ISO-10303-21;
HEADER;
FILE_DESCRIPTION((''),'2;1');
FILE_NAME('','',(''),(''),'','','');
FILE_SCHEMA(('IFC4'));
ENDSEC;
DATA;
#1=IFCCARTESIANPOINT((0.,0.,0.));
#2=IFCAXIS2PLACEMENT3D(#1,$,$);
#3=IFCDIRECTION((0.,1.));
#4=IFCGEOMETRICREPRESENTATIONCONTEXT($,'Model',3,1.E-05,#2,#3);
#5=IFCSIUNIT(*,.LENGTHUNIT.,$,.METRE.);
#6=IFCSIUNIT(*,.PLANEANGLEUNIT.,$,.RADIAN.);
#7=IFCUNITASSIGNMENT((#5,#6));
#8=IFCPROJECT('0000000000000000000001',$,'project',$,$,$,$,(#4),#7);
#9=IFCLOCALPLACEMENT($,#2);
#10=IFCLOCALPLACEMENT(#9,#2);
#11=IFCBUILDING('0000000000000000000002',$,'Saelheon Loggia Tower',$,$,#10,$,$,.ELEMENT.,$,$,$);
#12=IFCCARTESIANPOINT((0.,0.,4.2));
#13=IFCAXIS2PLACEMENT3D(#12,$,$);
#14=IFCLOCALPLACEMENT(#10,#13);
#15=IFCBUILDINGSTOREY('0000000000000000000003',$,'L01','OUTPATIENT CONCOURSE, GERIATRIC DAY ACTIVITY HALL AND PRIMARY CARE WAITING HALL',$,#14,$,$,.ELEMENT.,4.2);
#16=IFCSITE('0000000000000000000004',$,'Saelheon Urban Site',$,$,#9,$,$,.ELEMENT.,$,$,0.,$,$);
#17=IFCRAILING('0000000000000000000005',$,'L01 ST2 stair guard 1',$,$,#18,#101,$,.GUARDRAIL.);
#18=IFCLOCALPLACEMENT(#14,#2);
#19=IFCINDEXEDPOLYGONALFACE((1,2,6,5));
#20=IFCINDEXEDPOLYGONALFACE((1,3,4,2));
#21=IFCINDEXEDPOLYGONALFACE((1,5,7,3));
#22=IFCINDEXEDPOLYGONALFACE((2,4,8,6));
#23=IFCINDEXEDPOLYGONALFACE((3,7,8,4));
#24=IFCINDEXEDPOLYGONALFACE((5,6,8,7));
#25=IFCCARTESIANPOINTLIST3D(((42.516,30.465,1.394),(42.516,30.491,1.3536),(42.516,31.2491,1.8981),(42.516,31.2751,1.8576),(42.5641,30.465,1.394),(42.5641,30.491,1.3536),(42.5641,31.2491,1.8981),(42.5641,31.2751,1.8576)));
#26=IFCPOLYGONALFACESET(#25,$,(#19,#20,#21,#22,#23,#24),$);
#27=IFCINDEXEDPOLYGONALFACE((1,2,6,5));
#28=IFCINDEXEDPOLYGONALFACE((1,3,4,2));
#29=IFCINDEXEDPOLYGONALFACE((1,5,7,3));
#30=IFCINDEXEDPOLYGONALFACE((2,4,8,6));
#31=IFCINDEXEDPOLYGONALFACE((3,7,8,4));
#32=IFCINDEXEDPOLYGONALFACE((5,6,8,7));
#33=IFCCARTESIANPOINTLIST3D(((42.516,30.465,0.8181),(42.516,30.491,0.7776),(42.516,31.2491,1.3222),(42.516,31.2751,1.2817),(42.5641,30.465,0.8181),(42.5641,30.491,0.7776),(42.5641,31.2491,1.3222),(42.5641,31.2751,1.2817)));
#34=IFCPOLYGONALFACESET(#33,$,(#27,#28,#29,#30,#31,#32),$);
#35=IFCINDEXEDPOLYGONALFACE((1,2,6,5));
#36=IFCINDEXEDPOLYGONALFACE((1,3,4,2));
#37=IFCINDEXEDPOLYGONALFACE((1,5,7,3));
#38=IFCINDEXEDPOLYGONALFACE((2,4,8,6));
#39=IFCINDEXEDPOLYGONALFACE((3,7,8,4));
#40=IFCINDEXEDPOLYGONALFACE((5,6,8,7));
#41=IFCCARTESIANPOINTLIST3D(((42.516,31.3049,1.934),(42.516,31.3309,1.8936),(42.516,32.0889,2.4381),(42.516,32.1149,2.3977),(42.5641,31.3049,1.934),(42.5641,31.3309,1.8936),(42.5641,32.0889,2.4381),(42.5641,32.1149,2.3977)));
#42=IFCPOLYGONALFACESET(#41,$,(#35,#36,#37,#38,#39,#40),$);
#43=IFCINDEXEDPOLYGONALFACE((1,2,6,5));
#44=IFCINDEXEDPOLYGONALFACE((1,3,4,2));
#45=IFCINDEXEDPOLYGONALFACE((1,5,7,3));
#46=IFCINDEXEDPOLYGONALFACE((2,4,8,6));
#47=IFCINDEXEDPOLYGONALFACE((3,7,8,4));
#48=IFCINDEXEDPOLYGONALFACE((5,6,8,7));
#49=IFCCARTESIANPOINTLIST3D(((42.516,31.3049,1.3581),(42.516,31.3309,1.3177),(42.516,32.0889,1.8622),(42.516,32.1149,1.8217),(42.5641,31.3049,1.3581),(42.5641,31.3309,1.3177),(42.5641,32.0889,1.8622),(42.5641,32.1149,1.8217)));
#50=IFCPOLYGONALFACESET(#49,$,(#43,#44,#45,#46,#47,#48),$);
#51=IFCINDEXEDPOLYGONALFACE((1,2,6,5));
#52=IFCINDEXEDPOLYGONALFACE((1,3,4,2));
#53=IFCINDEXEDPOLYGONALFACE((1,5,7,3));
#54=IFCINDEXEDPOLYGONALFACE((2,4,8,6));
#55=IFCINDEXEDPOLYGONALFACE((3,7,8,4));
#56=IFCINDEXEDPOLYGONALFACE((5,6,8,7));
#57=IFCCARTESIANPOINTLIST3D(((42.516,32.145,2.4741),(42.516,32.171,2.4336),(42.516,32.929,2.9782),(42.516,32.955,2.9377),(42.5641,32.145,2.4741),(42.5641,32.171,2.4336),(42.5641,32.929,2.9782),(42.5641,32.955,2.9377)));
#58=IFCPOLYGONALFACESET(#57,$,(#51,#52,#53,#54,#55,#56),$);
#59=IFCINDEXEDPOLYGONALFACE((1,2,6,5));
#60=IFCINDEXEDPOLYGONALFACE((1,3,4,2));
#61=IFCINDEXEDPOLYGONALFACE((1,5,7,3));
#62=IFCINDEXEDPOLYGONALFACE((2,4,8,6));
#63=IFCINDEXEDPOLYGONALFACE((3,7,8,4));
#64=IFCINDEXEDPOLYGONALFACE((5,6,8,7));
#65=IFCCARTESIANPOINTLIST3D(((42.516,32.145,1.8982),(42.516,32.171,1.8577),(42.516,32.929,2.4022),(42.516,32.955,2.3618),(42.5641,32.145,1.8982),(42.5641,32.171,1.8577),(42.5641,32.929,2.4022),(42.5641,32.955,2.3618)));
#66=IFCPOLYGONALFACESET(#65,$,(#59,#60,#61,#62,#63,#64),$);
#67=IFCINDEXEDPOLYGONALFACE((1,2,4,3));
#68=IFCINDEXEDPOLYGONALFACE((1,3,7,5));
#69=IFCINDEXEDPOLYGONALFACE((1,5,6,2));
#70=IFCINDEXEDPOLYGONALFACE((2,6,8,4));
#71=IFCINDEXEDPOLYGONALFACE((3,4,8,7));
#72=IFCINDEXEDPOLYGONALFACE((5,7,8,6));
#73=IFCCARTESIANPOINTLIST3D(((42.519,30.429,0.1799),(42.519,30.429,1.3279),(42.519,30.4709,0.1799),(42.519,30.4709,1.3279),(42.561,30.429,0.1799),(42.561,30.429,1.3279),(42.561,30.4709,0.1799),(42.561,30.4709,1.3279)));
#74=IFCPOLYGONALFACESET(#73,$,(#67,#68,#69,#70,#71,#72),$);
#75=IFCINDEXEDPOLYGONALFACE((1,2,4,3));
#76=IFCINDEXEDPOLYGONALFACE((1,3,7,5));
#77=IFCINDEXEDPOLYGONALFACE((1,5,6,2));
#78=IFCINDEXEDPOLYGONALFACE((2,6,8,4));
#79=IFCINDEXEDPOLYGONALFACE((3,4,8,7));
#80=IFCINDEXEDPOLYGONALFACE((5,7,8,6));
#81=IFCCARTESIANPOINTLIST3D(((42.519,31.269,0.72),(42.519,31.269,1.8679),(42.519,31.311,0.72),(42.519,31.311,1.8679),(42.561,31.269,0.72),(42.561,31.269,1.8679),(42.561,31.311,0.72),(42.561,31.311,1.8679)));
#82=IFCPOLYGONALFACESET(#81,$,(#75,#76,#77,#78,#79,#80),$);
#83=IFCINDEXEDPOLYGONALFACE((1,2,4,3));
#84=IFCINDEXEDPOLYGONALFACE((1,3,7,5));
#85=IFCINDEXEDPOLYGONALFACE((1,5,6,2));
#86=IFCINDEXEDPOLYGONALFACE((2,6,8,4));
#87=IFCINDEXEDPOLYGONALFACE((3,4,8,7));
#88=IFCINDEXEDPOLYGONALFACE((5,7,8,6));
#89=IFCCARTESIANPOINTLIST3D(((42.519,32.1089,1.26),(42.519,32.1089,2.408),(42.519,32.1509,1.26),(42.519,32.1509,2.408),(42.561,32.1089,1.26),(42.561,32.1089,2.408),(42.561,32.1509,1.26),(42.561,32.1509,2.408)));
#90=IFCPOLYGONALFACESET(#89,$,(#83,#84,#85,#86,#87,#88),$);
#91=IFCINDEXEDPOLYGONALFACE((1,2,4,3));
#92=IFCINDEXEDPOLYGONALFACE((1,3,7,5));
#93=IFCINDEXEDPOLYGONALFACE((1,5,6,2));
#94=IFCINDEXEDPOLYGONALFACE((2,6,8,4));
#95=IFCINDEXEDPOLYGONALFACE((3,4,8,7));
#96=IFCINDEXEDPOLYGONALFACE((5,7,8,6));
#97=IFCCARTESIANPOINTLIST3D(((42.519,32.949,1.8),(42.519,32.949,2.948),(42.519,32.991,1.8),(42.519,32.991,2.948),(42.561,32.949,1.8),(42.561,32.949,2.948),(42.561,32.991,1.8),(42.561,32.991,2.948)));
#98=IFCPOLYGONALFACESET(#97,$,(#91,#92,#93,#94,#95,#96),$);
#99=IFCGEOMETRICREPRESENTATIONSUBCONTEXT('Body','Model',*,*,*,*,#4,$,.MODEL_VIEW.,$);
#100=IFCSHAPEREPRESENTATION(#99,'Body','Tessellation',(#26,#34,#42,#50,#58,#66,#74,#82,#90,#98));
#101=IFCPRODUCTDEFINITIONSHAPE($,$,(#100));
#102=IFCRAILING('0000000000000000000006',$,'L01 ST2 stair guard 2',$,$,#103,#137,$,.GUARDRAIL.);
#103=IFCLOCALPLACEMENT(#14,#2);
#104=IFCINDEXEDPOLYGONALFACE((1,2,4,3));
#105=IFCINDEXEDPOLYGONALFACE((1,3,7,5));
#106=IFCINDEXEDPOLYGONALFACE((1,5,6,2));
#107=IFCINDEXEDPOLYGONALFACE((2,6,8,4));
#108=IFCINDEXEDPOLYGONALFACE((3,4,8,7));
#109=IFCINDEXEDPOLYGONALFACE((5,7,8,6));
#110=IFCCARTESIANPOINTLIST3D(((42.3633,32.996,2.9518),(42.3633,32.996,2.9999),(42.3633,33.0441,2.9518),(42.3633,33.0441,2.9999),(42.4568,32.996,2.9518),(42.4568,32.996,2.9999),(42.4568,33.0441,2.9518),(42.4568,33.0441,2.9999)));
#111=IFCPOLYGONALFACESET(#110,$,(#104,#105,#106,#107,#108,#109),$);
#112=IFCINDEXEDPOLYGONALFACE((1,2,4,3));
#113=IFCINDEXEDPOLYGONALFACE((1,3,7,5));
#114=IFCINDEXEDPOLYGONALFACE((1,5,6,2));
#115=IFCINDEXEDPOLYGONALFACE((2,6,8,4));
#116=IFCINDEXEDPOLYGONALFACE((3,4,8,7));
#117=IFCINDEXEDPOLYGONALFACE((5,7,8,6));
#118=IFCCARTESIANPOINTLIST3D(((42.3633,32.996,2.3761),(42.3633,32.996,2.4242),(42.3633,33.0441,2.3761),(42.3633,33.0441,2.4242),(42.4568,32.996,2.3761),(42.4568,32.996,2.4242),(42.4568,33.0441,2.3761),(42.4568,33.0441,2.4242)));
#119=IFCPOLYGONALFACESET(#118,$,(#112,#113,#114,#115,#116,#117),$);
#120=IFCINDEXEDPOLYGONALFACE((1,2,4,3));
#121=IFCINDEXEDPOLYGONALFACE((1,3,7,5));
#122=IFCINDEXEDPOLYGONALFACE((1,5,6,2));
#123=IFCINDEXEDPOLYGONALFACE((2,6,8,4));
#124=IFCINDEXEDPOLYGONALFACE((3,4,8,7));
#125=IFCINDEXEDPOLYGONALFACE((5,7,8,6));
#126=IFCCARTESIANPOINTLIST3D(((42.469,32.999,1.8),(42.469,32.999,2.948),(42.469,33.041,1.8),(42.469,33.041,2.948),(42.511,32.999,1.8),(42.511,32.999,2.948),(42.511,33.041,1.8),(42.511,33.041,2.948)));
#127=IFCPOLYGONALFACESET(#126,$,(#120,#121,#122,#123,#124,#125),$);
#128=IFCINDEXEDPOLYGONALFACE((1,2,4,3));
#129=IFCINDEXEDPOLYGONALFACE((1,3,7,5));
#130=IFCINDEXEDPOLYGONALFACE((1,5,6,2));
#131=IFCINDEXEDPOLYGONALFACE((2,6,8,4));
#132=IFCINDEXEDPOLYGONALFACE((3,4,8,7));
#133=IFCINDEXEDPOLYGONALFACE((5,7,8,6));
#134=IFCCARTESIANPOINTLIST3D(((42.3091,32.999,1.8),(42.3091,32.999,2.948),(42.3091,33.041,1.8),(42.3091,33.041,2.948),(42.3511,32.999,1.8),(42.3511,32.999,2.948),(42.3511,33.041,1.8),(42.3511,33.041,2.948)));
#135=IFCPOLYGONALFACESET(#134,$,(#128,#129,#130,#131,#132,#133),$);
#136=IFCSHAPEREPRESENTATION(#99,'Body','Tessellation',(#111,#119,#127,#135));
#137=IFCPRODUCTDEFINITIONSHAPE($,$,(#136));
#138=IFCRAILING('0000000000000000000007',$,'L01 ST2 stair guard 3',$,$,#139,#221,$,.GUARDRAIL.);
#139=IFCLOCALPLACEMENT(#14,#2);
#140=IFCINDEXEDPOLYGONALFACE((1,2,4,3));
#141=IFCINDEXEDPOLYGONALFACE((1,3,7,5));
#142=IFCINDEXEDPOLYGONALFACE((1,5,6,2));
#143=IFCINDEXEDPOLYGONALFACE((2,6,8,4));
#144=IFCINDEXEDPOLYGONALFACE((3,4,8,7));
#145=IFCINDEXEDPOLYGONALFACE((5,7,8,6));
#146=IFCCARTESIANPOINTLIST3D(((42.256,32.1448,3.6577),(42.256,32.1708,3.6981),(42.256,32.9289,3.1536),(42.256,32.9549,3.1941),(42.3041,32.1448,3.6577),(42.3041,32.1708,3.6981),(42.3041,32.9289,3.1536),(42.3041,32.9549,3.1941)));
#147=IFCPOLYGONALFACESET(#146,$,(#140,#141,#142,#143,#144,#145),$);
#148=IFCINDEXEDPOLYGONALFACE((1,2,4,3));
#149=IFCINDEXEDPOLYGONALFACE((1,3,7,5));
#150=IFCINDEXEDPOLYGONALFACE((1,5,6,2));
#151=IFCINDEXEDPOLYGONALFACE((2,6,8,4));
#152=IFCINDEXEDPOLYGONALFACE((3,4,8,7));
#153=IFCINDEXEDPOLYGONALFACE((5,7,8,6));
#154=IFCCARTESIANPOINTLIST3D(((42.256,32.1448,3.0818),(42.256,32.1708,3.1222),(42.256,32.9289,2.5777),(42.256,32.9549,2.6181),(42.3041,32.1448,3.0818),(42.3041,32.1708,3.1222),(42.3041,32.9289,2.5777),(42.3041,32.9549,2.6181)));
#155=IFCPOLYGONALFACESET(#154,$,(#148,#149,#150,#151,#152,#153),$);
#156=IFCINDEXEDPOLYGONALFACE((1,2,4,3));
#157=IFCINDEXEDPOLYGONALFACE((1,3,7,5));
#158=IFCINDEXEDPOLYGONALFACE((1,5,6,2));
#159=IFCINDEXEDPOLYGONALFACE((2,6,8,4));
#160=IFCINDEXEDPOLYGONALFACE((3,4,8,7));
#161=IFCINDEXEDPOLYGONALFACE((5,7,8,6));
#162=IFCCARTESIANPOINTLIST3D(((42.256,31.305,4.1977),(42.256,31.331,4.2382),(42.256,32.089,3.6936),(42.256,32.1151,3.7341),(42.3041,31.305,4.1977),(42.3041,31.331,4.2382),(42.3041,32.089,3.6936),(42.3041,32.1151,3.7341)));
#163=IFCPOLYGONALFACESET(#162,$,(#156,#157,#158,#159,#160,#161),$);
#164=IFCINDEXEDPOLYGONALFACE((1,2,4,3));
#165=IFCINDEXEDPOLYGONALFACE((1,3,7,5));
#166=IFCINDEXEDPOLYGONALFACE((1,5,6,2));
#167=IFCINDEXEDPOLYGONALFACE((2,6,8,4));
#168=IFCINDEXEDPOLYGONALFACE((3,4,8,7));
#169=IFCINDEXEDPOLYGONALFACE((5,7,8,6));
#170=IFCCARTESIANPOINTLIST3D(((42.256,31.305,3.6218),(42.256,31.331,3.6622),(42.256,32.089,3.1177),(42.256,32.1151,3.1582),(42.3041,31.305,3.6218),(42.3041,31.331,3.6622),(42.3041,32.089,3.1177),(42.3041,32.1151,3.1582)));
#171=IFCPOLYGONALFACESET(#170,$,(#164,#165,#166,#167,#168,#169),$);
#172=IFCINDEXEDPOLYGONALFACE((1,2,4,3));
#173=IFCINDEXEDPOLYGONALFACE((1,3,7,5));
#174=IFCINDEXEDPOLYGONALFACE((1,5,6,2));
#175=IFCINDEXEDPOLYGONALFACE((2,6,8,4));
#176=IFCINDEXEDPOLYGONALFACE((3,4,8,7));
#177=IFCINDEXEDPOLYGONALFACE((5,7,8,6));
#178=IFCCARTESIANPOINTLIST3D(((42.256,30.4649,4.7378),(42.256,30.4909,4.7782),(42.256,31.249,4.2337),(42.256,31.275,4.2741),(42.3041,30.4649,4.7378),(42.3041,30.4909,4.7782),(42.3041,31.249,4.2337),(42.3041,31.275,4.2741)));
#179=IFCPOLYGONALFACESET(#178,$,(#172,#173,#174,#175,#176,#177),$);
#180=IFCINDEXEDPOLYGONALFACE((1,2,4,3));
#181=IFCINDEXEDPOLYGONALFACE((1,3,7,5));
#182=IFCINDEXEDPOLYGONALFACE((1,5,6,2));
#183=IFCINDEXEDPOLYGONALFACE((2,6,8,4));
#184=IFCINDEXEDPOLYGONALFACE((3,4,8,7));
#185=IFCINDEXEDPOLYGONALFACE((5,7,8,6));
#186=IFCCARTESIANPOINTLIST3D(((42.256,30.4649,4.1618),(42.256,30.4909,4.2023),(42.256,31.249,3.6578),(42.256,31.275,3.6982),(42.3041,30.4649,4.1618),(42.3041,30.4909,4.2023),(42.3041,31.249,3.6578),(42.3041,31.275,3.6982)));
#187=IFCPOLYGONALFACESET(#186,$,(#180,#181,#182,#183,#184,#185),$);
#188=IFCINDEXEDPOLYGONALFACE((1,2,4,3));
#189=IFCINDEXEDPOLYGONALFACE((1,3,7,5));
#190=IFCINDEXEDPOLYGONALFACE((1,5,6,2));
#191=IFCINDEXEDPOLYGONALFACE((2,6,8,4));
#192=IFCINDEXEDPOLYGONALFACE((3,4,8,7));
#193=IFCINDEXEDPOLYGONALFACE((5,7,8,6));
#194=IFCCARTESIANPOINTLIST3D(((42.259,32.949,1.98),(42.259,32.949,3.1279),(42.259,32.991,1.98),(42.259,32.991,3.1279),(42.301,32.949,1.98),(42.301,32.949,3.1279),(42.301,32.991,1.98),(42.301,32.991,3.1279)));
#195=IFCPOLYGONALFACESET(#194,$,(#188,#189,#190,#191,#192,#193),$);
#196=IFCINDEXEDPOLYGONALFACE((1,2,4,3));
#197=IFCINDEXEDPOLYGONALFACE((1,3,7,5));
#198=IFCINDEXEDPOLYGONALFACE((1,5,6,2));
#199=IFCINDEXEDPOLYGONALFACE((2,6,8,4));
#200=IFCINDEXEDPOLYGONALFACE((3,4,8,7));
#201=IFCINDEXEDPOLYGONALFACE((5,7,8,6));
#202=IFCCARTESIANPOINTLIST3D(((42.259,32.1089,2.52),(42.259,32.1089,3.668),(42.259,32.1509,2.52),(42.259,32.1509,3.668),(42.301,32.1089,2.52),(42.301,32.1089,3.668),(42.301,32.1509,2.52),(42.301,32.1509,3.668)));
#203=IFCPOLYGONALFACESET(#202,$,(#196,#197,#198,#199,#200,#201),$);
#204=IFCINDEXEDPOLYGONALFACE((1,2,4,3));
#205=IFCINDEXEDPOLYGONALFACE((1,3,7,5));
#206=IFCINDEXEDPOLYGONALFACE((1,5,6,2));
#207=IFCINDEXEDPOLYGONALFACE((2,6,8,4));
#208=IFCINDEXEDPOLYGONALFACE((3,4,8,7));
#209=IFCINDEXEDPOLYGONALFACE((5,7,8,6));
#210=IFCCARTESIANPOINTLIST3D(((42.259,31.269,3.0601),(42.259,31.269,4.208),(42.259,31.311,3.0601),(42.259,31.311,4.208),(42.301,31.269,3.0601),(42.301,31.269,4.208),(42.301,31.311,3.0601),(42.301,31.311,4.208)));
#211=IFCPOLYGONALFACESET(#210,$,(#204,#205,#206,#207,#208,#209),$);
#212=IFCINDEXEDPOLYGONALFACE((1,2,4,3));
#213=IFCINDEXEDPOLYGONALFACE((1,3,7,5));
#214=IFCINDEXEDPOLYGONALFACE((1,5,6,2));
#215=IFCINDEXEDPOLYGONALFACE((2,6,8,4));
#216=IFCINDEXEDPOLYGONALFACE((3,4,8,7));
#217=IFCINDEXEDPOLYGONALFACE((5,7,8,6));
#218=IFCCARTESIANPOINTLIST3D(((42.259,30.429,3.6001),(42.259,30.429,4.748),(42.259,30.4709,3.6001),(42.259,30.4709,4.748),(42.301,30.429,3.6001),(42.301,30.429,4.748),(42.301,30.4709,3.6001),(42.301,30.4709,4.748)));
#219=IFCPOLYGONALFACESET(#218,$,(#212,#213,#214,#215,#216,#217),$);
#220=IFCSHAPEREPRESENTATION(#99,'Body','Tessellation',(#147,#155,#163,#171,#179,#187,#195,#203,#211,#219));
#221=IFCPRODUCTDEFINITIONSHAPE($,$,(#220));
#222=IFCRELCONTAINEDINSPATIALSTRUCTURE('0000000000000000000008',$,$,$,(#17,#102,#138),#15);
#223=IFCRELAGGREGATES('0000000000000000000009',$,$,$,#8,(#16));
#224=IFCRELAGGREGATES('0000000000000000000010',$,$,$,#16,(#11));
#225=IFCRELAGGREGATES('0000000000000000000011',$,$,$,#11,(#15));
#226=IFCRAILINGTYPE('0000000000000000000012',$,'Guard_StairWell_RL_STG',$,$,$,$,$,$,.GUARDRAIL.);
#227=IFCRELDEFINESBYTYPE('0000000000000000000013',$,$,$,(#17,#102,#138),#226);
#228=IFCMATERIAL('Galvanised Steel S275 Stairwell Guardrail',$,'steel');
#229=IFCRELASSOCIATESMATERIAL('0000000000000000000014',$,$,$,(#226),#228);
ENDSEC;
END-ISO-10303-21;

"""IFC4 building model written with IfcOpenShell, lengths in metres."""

from ifc_helpers import new_model, si_unit, direction, frame, origin, origin_2d, place, context, subcontext, project, spatial, rectangle, extrude, material, type_object, element, save


model = new_model("IFC4")

# Units and contexts
model_context = context("Model", 3, precision=1e-05, world=origin(), true_north=direction((0.0, 1.0)))
body_context = subcontext(model_context, "Body", "Model", "MODEL_VIEW")
ifc_project = project(units=[si_unit("LENGTHUNIT", "METRE"), si_unit("PLANEANGLEUNIT", "RADIAN")], contexts=[model_context])

# Site, building, storey
site_placement = place(None, origin())
site = spatial("IfcSite", under=ifc_project, at=site_placement, Name="Saelheon Urban Site", CompositionType="ELEMENT", RefElevation=0.0)
building_placement = place(site_placement, origin())
building = spatial("IfcBuilding", under=site, at=building_placement, Name="Saelheon Loggia Tower", CompositionType="ELEMENT")
storey_placement = place(building_placement, frame((0.0, 0.0, 4.2)))
storey = spatial("IfcBuildingStorey", under=building, at=storey_placement, Name="L01", Description="OUTPATIENT CONCOURSE, GERIATRIC DAY ACTIVITY HALL AND PRIMARY CARE WAITING HALL", CompositionType="ELEMENT", Elevation=4.2)

# Railings
ifc_material_1 = material(Name="Galvanised Steel S275 Stairwell Guardrail", Category="steel")
railing_type_1 = type_object("IfcRailingType", Name="Guard_StairWell_RL_STG", PredefinedType="GUARDRAIL", material=ifc_material_1)
railing_1_placement = place(storey_placement, frame((42.54, 30.45, 0.1799)))
element("IfcRailing", 1, at=railing_1_placement, inside=storey, type_object=railing_type_1, Name="L01 ST2 stair guard 1", PredefinedType="GUARDRAIL", context=body_context, shape_type="SweptSolid", body=[
    extrude(rectangle(XDim=0.0481, YDim=0.0481, at=origin_2d()), frame((0.0, 0.0281, 1.1938), z_axis=(0.0, 0.841163, 0.540782), x_axis=(-1.0, 0.0, 0.0)), (0.0, 0.0, 1.0), 0.9321),
    extrude(rectangle(XDim=0.0481, YDim=0.0481, at=origin_2d()), frame((0.0, 0.0281, 0.6179), z_axis=(0.0, 0.841163, 0.540782), x_axis=(-1.0, 0.0, 0.0)), (0.0, 0.0, 1.0), 0.9321),
    extrude(rectangle(XDim=0.0481, YDim=0.0481, at=origin_2d()), frame((0.0, 0.8679, 1.7339), z_axis=(0.0, 0.841163, 0.540782), x_axis=(-1.0, 0.0, 0.0)), (0.0, 0.0, 1.0), 0.9321),
    extrude(rectangle(XDim=0.0481, YDim=0.0481, at=origin_2d()), frame((0.0, 0.8679, 1.158), z_axis=(0.0, 0.841163, 0.540782), x_axis=(-1.0, 0.0, 0.0)), (0.0, 0.0, 1.0), 0.9321),
    extrude(rectangle(XDim=0.0481, YDim=0.0481, at=origin_2d()), frame((0.0, 1.708, 2.2739), z_axis=(0.0, 0.841163, 0.540782), x_axis=(-1.0, 0.0, 0.0)), (0.0, 0.0, 1.0), 0.9321),
    extrude(rectangle(XDim=0.0481, YDim=0.0481, at=origin_2d()), frame((0.0, 1.708, 1.698), z_axis=(0.0, 0.841163, 0.540782), x_axis=(-1.0, 0.0, 0.0)), (0.0, 0.0, 1.0), 0.9321),
    extrude(rectangle(XDim=0.042, YDim=0.042, at=origin_2d()), origin(), (0.0, 0.0, 1.0), 1.1479),
    extrude(rectangle(XDim=0.042, YDim=0.042, at=origin_2d()), frame((0.0, 0.8401, 0.54)), (0.0, 0.0, 1.0), 1.1479),
    extrude(rectangle(XDim=0.042, YDim=0.042, at=origin_2d()), frame((0.0, 1.6799, 1.0801)), (0.0, 0.0, 1.0), 1.1479),
    extrude(rectangle(XDim=0.042, YDim=0.042, at=origin_2d()), frame((0.0, 2.52, 1.6201)), (0.0, 0.0, 1.0), 1.1479),
])
railing_2_placement = place(storey_placement, frame((42.49, 33.02, 1.8)))
element("IfcRailing", 2, at=railing_2_placement, inside=storey, type_object=railing_type_1, Name="L01 ST2 stair guard 2", PredefinedType="GUARDRAIL", context=body_context, shape_type="SweptSolid", body=[
    extrude(rectangle(XDim=0.0481, YDim=0.0481, at=origin_2d()), frame((-0.0332, 0.0, 1.1758), z_axis=(-1.0, 0.0, 0.0), x_axis=(0.0, -1.0, 0.0)), (0.0, 0.0, 1.0), 0.0935),
    extrude(rectangle(XDim=0.0481, YDim=0.0481, at=origin_2d()), frame((-0.0332, 0.0, 0.6001), z_axis=(-1.0, 0.0, 0.0), x_axis=(0.0, -1.0, 0.0)), (0.0, 0.0, 1.0), 0.0935),
    extrude(rectangle(XDim=0.042, YDim=0.042, at=origin_2d()), origin(), (0.0, 0.0, 1.0), 1.1479),
    extrude(rectangle(XDim=0.042, YDim=0.042, at=origin_2d()), frame((-0.1599, 0.0, 0.0)), (0.0, 0.0, 1.0), 1.1479),
])
railing_3_placement = place(storey_placement, frame((42.28, 32.97, 1.98)))
element("IfcRailing", 3, at=railing_3_placement, inside=storey, type_object=railing_type_1, Name="L01 ST2 stair guard 3", PredefinedType="GUARDRAIL", context=body_context, shape_type="SweptSolid", body=[
    extrude(rectangle(XDim=0.0481, YDim=0.0481, at=origin_2d()), frame((0.0, -0.0281, 1.1938), z_axis=(0.0, -0.841163, 0.540782), x_axis=(1.0, 0.0, 0.0)), (0.0, 0.0, 1.0), 0.9321),
    extrude(rectangle(XDim=0.0481, YDim=0.0481, at=origin_2d()), frame((0.0, -0.0281, 0.6179), z_axis=(0.0, -0.841163, 0.540782), x_axis=(1.0, 0.0, 0.0)), (0.0, 0.0, 1.0), 0.9321),
    extrude(rectangle(XDim=0.0481, YDim=0.0481, at=origin_2d()), frame((0.0, -0.8679, 1.7339), z_axis=(0.0, -0.841163, 0.540782), x_axis=(1.0, 0.0, 0.0)), (0.0, 0.0, 1.0), 0.9321),
    extrude(rectangle(XDim=0.0481, YDim=0.0481, at=origin_2d()), frame((0.0, -0.8679, 1.158), z_axis=(0.0, -0.841163, 0.540782), x_axis=(1.0, 0.0, 0.0)), (0.0, 0.0, 1.0), 0.9321),
    extrude(rectangle(XDim=0.0481, YDim=0.0481, at=origin_2d()), frame((0.0, -1.708, 2.2739), z_axis=(0.0, -0.841163, 0.540782), x_axis=(1.0, 0.0, 0.0)), (0.0, 0.0, 1.0), 0.9321),
    extrude(rectangle(XDim=0.0481, YDim=0.0481, at=origin_2d()), frame((0.0, -1.708, 1.698), z_axis=(0.0, -0.841163, 0.540782), x_axis=(1.0, 0.0, 0.0)), (0.0, 0.0, 1.0), 0.9321),
    extrude(rectangle(XDim=0.042, YDim=0.042, at=origin_2d()), origin(), (0.0, 0.0, 1.0), 1.1479),
    extrude(rectangle(XDim=0.042, YDim=0.042, at=origin_2d()), frame((0.0, -0.8401, 0.54)), (0.0, 0.0, 1.0), 1.1479),
    extrude(rectangle(XDim=0.042, YDim=0.042, at=origin_2d()), frame((0.0, -1.6799, 1.0801)), (0.0, 0.0, 1.0), 1.1479),
    extrude(rectangle(XDim=0.042, YDim=0.042, at=origin_2d()), frame((0.0, -2.52, 1.6201)), (0.0, 0.0, 1.0), 1.1479),
])

save(model, "model.ifc")
